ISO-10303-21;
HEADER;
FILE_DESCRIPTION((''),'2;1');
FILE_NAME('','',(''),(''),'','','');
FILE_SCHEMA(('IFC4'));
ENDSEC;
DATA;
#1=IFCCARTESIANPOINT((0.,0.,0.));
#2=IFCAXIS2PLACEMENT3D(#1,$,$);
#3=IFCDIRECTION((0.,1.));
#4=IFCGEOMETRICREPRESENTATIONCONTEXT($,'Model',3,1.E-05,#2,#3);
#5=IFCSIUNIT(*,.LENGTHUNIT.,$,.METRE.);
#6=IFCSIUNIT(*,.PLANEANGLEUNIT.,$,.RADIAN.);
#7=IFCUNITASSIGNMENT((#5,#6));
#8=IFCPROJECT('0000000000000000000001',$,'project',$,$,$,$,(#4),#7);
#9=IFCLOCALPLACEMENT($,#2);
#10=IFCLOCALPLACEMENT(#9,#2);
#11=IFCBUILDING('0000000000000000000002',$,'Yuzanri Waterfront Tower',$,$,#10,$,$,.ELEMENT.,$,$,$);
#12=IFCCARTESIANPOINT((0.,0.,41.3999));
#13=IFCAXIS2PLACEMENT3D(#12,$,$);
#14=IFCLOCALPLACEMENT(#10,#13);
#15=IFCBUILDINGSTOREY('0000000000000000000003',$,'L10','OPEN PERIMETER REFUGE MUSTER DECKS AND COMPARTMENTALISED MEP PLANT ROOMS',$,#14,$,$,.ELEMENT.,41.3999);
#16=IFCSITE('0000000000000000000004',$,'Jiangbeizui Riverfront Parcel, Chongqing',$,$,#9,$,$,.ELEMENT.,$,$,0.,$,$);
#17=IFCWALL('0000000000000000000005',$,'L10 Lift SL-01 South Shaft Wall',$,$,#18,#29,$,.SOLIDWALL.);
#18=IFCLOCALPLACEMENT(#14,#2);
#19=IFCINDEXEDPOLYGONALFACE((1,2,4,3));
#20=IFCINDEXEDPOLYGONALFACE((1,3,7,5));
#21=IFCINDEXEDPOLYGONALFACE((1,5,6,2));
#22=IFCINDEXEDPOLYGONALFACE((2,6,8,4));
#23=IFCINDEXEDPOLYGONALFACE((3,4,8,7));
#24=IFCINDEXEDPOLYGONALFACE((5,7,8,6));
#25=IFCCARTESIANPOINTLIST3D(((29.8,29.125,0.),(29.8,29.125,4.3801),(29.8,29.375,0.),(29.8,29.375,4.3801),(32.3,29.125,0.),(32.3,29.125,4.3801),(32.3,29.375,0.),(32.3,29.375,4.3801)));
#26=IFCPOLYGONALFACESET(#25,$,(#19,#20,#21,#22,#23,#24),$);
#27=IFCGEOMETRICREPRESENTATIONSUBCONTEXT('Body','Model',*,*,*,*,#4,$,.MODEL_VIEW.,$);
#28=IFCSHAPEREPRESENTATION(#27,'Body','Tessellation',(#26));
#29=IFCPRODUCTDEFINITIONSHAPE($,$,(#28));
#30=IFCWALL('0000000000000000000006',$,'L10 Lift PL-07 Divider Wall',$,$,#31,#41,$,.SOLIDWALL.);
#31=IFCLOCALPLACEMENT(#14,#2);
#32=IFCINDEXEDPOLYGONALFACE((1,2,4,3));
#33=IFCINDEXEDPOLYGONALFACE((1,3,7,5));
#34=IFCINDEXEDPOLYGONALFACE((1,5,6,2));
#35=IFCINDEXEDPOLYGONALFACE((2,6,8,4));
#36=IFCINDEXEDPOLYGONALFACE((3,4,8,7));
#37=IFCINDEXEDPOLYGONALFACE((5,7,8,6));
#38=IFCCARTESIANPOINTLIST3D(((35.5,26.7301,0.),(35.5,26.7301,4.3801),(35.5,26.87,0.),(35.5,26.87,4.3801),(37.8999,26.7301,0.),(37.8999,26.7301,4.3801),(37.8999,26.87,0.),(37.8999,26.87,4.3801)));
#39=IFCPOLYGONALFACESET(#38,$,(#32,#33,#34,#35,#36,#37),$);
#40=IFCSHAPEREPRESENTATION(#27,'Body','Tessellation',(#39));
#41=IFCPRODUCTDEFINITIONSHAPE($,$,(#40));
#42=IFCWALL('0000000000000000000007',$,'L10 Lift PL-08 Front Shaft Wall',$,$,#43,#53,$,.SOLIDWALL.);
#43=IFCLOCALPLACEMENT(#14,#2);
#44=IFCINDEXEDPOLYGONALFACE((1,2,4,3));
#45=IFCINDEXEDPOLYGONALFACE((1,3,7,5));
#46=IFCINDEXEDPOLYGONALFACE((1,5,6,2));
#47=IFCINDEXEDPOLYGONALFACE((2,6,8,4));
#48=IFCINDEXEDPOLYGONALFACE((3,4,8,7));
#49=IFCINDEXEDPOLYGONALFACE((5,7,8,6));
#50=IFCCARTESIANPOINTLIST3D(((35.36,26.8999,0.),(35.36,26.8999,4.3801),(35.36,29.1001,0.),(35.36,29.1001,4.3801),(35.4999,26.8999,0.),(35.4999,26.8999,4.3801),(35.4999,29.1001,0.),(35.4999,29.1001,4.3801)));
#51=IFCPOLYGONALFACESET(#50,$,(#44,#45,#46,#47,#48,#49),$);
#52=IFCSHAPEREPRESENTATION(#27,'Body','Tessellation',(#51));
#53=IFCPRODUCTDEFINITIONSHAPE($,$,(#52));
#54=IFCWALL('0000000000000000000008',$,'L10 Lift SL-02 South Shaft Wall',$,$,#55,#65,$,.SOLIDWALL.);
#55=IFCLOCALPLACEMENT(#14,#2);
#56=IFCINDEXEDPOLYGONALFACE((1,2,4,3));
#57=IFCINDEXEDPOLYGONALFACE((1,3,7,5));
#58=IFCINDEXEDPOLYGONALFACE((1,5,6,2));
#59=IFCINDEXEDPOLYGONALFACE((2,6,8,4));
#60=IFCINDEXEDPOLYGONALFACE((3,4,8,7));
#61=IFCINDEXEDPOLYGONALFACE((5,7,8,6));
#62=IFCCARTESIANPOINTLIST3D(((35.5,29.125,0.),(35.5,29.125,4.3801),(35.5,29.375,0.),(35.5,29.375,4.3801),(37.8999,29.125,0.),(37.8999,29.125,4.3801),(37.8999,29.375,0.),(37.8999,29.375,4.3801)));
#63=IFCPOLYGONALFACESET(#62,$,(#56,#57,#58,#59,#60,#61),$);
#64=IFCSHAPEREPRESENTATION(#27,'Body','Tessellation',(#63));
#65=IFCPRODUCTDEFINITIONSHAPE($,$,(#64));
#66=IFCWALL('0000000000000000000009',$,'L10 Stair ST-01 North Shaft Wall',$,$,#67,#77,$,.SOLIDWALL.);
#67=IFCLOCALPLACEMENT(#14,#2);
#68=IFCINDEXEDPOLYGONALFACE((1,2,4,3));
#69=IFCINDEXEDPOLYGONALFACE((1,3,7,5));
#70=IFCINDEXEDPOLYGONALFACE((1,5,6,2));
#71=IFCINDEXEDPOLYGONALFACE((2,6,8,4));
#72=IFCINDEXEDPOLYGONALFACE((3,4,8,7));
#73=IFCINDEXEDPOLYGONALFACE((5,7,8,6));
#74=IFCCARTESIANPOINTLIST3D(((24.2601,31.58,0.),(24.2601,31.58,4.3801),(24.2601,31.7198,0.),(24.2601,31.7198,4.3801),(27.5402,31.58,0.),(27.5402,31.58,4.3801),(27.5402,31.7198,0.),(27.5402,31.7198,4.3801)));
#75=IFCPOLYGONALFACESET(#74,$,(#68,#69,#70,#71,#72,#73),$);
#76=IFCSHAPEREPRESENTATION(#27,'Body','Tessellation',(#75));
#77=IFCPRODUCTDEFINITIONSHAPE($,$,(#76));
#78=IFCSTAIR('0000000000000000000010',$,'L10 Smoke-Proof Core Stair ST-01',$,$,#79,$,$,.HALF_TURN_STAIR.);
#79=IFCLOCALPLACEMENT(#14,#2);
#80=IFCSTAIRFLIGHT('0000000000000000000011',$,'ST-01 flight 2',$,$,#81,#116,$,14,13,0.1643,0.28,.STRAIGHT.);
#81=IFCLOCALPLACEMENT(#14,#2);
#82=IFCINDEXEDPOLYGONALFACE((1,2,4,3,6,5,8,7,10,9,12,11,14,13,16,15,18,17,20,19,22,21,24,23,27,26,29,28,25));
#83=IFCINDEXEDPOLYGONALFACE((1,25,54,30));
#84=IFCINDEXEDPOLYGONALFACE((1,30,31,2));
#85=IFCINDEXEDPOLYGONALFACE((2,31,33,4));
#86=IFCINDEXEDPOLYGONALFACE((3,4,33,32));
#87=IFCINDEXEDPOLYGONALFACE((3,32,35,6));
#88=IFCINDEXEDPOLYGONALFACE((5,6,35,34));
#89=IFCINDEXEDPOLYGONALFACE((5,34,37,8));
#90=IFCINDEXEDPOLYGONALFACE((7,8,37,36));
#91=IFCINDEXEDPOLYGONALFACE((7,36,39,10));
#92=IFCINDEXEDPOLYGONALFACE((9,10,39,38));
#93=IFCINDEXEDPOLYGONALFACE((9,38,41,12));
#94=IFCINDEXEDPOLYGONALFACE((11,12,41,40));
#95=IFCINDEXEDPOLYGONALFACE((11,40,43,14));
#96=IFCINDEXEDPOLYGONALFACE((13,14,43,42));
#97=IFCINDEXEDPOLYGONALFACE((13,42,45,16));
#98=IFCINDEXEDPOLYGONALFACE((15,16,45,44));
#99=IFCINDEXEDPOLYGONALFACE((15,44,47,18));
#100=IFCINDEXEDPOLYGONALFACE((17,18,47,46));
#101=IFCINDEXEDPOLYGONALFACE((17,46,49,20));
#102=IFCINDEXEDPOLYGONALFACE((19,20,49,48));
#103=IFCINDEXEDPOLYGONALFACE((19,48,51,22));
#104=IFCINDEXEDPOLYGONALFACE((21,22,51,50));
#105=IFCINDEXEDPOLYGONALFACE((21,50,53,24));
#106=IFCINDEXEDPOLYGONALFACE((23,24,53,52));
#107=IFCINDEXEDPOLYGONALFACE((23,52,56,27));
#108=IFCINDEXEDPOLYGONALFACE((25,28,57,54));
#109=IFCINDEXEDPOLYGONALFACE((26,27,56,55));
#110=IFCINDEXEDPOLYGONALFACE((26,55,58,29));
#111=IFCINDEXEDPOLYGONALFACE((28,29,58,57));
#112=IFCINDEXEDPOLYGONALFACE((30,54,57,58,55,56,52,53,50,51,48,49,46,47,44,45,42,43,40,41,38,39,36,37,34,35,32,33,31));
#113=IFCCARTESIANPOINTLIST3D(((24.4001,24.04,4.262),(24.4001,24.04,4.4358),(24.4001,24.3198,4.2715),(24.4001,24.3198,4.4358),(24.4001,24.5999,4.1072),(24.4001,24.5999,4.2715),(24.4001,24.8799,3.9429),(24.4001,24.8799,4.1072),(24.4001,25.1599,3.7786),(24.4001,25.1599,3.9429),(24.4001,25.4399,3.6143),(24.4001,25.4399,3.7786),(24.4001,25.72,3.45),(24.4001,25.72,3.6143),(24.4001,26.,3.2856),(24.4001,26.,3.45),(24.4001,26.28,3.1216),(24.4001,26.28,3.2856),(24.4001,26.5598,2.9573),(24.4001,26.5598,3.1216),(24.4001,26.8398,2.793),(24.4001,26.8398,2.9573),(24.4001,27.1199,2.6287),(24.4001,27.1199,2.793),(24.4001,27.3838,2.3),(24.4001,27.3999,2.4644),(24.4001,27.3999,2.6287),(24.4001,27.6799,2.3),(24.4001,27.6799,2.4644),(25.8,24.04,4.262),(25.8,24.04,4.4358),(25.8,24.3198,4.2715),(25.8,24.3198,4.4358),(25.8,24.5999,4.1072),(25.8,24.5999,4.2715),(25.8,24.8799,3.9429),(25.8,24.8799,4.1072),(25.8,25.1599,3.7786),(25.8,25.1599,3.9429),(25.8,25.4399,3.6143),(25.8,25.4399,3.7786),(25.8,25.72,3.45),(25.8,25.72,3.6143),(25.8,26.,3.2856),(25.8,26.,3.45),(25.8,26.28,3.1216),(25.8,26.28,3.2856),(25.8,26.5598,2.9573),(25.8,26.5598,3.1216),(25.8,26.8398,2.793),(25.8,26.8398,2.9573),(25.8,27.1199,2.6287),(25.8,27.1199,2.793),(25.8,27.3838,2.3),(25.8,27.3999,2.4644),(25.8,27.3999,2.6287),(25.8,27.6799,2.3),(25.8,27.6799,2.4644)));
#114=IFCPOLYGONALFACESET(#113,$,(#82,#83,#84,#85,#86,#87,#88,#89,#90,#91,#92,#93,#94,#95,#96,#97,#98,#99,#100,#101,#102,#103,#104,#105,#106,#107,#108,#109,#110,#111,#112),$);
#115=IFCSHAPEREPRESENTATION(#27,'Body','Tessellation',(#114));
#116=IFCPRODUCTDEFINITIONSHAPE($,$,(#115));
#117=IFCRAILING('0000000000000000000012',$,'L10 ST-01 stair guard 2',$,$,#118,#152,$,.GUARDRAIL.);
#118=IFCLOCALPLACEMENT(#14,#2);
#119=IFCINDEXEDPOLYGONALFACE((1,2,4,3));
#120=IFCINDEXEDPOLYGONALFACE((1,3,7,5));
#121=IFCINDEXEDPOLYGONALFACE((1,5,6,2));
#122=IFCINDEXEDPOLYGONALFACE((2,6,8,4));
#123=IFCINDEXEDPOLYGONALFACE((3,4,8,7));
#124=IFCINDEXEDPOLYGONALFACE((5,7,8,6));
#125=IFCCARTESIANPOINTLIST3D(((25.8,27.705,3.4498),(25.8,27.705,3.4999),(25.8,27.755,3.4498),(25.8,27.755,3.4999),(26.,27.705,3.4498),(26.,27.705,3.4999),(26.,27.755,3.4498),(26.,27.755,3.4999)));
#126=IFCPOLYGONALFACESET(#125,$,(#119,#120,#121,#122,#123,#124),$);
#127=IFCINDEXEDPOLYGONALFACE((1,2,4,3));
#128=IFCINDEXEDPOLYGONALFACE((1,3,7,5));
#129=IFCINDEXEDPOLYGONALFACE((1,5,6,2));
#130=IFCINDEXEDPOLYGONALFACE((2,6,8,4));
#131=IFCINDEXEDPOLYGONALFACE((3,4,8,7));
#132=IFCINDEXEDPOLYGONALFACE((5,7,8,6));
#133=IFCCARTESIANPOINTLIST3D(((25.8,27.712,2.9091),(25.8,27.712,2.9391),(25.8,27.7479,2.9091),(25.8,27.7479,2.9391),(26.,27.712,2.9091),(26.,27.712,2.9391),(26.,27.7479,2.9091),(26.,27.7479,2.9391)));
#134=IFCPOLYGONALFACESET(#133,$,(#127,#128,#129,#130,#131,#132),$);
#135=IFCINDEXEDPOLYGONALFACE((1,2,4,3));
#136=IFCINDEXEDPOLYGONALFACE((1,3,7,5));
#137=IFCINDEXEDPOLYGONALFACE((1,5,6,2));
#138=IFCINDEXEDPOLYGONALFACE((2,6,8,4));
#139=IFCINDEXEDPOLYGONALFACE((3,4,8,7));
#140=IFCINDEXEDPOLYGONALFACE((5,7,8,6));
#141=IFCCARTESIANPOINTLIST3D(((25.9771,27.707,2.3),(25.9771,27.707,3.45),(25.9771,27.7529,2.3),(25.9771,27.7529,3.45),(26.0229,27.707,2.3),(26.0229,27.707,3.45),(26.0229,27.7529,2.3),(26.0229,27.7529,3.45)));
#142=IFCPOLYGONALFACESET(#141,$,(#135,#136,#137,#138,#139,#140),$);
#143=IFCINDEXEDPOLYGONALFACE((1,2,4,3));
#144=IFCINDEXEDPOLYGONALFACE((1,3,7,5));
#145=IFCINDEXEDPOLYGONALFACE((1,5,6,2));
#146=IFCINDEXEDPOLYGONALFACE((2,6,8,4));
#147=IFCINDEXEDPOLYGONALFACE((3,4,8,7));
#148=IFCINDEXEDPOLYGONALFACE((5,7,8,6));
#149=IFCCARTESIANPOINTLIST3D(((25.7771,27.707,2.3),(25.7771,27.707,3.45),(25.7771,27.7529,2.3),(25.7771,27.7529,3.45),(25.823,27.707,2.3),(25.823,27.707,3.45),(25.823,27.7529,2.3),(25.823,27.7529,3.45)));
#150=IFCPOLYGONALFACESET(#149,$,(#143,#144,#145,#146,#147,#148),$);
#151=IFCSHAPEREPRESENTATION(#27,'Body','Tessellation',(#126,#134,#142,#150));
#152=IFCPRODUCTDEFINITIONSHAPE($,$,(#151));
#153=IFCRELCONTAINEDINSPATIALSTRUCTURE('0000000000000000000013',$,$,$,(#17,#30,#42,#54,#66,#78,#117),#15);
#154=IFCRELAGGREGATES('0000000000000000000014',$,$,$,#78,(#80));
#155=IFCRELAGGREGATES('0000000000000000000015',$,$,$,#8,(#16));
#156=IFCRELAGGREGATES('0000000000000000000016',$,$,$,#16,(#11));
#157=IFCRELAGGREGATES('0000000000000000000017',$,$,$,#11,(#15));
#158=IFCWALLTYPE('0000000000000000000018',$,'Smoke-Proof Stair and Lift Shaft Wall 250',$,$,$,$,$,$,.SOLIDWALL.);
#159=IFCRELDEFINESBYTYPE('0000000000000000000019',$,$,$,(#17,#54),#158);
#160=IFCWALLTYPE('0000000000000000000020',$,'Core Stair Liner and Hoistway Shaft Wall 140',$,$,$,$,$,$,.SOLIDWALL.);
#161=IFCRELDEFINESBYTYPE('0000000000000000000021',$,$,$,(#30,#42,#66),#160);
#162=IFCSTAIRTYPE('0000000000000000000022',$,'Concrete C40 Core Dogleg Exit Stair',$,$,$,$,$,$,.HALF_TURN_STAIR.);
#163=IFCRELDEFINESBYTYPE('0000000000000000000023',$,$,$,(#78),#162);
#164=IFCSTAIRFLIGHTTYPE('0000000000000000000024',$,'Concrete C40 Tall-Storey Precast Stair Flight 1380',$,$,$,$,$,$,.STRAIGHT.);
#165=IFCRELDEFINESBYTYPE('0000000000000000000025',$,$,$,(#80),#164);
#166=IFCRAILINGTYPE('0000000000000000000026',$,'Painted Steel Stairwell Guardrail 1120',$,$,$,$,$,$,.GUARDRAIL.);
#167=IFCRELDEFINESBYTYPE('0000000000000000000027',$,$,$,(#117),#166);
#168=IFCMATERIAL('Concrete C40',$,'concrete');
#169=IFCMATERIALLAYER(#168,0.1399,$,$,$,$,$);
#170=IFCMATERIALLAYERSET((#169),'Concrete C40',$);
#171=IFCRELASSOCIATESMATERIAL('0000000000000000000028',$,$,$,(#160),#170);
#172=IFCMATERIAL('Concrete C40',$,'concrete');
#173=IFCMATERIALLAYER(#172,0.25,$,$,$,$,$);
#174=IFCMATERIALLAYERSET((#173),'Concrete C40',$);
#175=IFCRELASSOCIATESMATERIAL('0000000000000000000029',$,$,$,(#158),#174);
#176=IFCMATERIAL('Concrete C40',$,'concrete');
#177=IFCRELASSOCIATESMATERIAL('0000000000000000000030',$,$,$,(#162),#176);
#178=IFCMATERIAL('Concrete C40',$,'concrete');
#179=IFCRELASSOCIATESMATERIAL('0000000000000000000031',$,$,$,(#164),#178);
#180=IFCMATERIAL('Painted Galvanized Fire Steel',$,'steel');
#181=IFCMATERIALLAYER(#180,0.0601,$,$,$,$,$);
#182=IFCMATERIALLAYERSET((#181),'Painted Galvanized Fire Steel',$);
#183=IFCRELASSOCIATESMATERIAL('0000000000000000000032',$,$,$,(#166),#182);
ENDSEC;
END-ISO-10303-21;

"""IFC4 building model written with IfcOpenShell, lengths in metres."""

from ifc_helpers import new_model, si_unit, direction, frame, frame_2d, origin, origin_2d, place, context, subcontext, project, spatial, polyline, rectangle, outline, extrude, source, transform, mapped, material, layer, layer_set, type_object, element, aggregate, save


model = new_model("IFC4")

# Units and contexts
model_context = context("Model", 3, precision=1e-05, world=origin(), true_north=direction((0.0, 1.0)))
body_context = subcontext(model_context, "Body", "Model", "MODEL_VIEW")
ifc_project = project(units=[si_unit("LENGTHUNIT", "METRE"), si_unit("PLANEANGLEUNIT", "RADIAN")], contexts=[model_context])

# Site, building, storey
site_placement = place(None, origin())
site = spatial("IfcSite", under=ifc_project, at=site_placement, Name="Jiangbeizui Riverfront Parcel, Chongqing", CompositionType="ELEMENT", RefElevation=0.0)
building_placement = place(site_placement, origin())
building = spatial("IfcBuilding", under=site, at=building_placement, Name="Yuzanri Waterfront Tower", CompositionType="ELEMENT")
storey_placement = place(building_placement, frame((0.0, 0.0, 41.3999)))
storey = spatial("IfcBuildingStorey", under=building, at=storey_placement, Name="L10", Description="OPEN PERIMETER REFUGE MUSTER DECKS AND COMPARTMENTALISED MEP PLANT ROOMS", CompositionType="ELEMENT", Elevation=41.3999)

# Shared definitions
ifc_material_1 = material(Name="Concrete C40", Category="concrete")
ifc_layer_1 = layer(ifc_material_1, 0.1399)
ifc_layer_set_1 = layer_set([ifc_layer_1], Name="Concrete C40")
wall_type_1 = type_object("IfcWallType", Name="Core Stair Liner and Hoistway Shaft Wall 140", PredefinedType="SOLIDWALL", material=ifc_layer_set_1)

# Walls
ifc_material_2 = material(Name="Concrete C40", Category="concrete")
ifc_layer_2 = layer(ifc_material_2, 0.25)
ifc_layer_set_2 = layer_set([ifc_layer_2], Name="Concrete C40")
wall_type_2 = type_object("IfcWallType", Name="Smoke-Proof Stair and Lift Shaft Wall 250", PredefinedType="SOLIDWALL", material=ifc_layer_set_2)
shared_shape_1 = source(origin(), body_context, "Body", "SweptSolid", [
    extrude(rectangle(XDim=2.5, YDim=0.25, at=frame_2d((1.25, 0.0))), origin(), (0.0, 0.0, 1.0), 4.3801),
])
wall_1_placement = place(storey_placement, frame((29.8, 29.25, 0.0), z_axis=(0.0, 0.0, 1.0), x_axis=(1.0, 0.0, 0.0)))
element("IfcWall", 1, at=wall_1_placement, inside=storey, type_object=wall_type_2, Name="L10 Lift SL-01 South Shaft Wall", PredefinedType="SOLIDWALL", context=body_context, shape_type="MappedRepresentation", body=[
    mapped(shared_shape_1, transform((0.0, 0.0, 0.0), scale=1.0)),
])
shared_shape_2 = source(origin(), body_context, "Body", "SweptSolid", [
    extrude(rectangle(XDim=2.3999, YDim=0.1399, at=frame_2d((1.2, 0.0))), origin(), (0.0, 0.0, 1.0), 4.3801),
])
wall_2_placement = place(storey_placement, frame((35.5, 26.8, 0.0), z_axis=(0.0, 0.0, 1.0), x_axis=(1.0, 0.0, 0.0)))
element("IfcWall", 2, at=wall_2_placement, inside=storey, type_object=wall_type_1, Name="L10 Lift PL-07 Divider Wall", PredefinedType="SOLIDWALL", context=body_context, shape_type="MappedRepresentation", body=[
    mapped(shared_shape_2, transform((0.0, 0.0, 0.0), scale=1.0)),
])
shared_shape_3 = source(origin(), body_context, "Body", "SweptSolid", [
    extrude(rectangle(XDim=2.2002, YDim=0.1399, at=frame_2d((1.1001, 0.0))), origin(), (0.0, 0.0, 1.0), 4.3801),
])
wall_3_placement = place(storey_placement, frame((35.4299, 26.8999, 0.0), z_axis=(0.0, 0.0, 1.0), x_axis=(0.0, 1.0, 0.0)))
element("IfcWall", 3, at=wall_3_placement, inside=storey, type_object=wall_type_1, Name="L10 Lift PL-08 Front Shaft Wall", PredefinedType="SOLIDWALL", context=body_context, shape_type="MappedRepresentation", body=[
    mapped(shared_shape_3, transform((0.0, 0.0, 0.0), scale=1.0)),
])
shared_shape_4 = source(origin(), body_context, "Body", "SweptSolid", [
    extrude(rectangle(XDim=2.3999, YDim=0.25, at=frame_2d((1.2, 0.0))), origin(), (0.0, 0.0, 1.0), 4.3801),
])
wall_4_placement = place(storey_placement, frame((35.5, 29.25, 0.0), z_axis=(0.0, 0.0, 1.0), x_axis=(1.0, 0.0, 0.0)))
element("IfcWall", 4, at=wall_4_placement, inside=storey, type_object=wall_type_2, Name="L10 Lift SL-02 South Shaft Wall", PredefinedType="SOLIDWALL", context=body_context, shape_type="MappedRepresentation", body=[
    mapped(shared_shape_4, transform((0.0, 0.0, 0.0), scale=1.0)),
])
shared_shape_5 = source(origin(), body_context, "Body", "SweptSolid", [
    extrude(rectangle(XDim=3.28, YDim=0.1399, at=frame_2d((1.6401, 0.0))), origin(), (0.0, 0.0, 1.0), 4.3801),
])
wall_5_placement = place(storey_placement, frame((24.26, 31.6499, 0.0), z_axis=(0.0, 0.0, 1.0), x_axis=(1.0, 0.0, 0.0)))
element("IfcWall", 5, at=wall_5_placement, inside=storey, type_object=wall_type_1, Name="L10 Stair ST-01 North Shaft Wall", PredefinedType="SOLIDWALL", context=body_context, shape_type="MappedRepresentation", body=[
    mapped(shared_shape_5, transform((0.0, 0.0, 0.0), scale=1.0)),
])

# Stair, stair flight
ifc_material_3 = material(Name="Concrete C40", Category="concrete")
stair_type = type_object("IfcStairType", Name="Concrete C40 Core Dogleg Exit Stair", PredefinedType="HALF_TURN_STAIR", material=ifc_material_3)
stair_placement = place(storey_placement, origin())
stair = element("IfcStair", 6, at=stair_placement, inside=storey, type_object=stair_type, Name="L10 Smoke-Proof Core Stair ST-01", PredefinedType="HALF_TURN_STAIR")
ifc_material_4 = material(Name="Concrete C40", Category="concrete")
stair_flight_type = type_object("IfcStairFlightType", Name="Concrete C40 Tall-Storey Precast Stair Flight 1380", PredefinedType="STRAIGHT", material=ifc_material_4)
shared_shape_6 = source(origin(), body_context, "Body", "SweptSolid", [
    extrude(outline(polyline([(0.0, 0.0), (0.0, 0.1643), (0.28, 0.1643), (0.28, 0.3286), (0.5601, 0.3286), (0.5601, 0.4929), (0.8401, 0.4929), (0.8401, 0.6572), (1.1201, 0.6572), (1.1201, 0.8215), (1.3999, 0.8215), (1.3999, 0.9856), (1.6799, 0.9856), (1.6799, 1.1499), (1.96, 1.1499), (1.96, 1.3142), (2.24, 1.3142), (2.24, 1.4785), (2.52, 1.4785), (2.52, 1.6428), (2.8, 1.6428), (2.8, 1.8071), (3.0801, 1.8071), (3.0801, 1.9714), (3.3601, 1.9714), (3.3601, 2.1357), (3.6399, 2.1357), (3.6399, 2.3), (3.6399, 1.9619), (0.2961, 0.0), (0.0, 0.0)])), frame((0.0, 0.7, 0.0), z_axis=(0.0, -1.0, 0.0), x_axis=(1.0, 0.0, 0.0)), (0.0, 0.0, 1.0), 1.3999),
])
stair_flight_placement = place(storey_placement, frame((25.1001, 27.6799, 2.3), z_axis=(0.0, 0.0, 1.0), x_axis=(0.0, -1.0, 0.0)))
stair_flight = element("IfcStairFlight", 7, at=stair_flight_placement, type_object=stair_flight_type, Name="ST-01 flight 2", NumberOfRisers=14, NumberOfTreads=13, PredefinedType="STRAIGHT", RiserHeight=0.1643, TreadLength=0.28, context=body_context, shape_type="MappedRepresentation", body=[
    mapped(shared_shape_6, transform((0.0, 0.0, 0.0), scale=1.0)),
])
aggregate(stair, [stair_flight])

# Railing
ifc_material_5 = material(Name="Painted Galvanized Fire Steel", Category="steel")
ifc_layer_3 = layer(ifc_material_5, 0.0601)
ifc_layer_set_3 = layer_set([ifc_layer_3], Name="Painted Galvanized Fire Steel")
railing_type_1 = type_object("IfcRailingType", Name="Painted Steel Stairwell Guardrail 1120", PredefinedType="GUARDRAIL", material=ifc_layer_set_3)
shared_shape_7 = source(origin(), body_context, "Body", "SweptSolid", [
    extrude(rectangle(XDim=0.05, YDim=0.05, at=origin_2d()), frame((0.0, 0.0, 1.1748), z_axis=(-1.0, 0.0, 0.0), x_axis=(0.0, -1.0, 0.0)), (0.0, 0.0, 1.0), 0.2),
    extrude(rectangle(XDim=0.0359, YDim=0.03, at=origin_2d()), frame((0.0, 0.0, 0.624), z_axis=(-1.0, 0.0, 0.0), x_axis=(0.0, -1.0, 0.0)), (0.0, 0.0, 1.0), 0.2),
    extrude(rectangle(XDim=0.0459, YDim=0.0459, at=origin_2d()), origin(), (0.0, 0.0, 1.0), 1.1499),
    extrude(rectangle(XDim=0.0459, YDim=0.0459, at=origin_2d()), frame((-0.2, 0.0, 0.0)), (0.0, 0.0, 1.0), 1.1499),
])
railing_1_placement = place(storey_placement, frame((26.0, 27.73, 2.3)))
element("IfcRailing", 8, at=railing_1_placement, inside=storey, type_object=railing_type_1, Name="L10 ST-01 stair guard 2", PredefinedType="GUARDRAIL", context=body_context, shape_type="MappedRepresentation", body=[
    mapped(shared_shape_7, transform((0.0, 0.0, 0.0), scale=1.0)),
])

save(model, "model.ifc")
